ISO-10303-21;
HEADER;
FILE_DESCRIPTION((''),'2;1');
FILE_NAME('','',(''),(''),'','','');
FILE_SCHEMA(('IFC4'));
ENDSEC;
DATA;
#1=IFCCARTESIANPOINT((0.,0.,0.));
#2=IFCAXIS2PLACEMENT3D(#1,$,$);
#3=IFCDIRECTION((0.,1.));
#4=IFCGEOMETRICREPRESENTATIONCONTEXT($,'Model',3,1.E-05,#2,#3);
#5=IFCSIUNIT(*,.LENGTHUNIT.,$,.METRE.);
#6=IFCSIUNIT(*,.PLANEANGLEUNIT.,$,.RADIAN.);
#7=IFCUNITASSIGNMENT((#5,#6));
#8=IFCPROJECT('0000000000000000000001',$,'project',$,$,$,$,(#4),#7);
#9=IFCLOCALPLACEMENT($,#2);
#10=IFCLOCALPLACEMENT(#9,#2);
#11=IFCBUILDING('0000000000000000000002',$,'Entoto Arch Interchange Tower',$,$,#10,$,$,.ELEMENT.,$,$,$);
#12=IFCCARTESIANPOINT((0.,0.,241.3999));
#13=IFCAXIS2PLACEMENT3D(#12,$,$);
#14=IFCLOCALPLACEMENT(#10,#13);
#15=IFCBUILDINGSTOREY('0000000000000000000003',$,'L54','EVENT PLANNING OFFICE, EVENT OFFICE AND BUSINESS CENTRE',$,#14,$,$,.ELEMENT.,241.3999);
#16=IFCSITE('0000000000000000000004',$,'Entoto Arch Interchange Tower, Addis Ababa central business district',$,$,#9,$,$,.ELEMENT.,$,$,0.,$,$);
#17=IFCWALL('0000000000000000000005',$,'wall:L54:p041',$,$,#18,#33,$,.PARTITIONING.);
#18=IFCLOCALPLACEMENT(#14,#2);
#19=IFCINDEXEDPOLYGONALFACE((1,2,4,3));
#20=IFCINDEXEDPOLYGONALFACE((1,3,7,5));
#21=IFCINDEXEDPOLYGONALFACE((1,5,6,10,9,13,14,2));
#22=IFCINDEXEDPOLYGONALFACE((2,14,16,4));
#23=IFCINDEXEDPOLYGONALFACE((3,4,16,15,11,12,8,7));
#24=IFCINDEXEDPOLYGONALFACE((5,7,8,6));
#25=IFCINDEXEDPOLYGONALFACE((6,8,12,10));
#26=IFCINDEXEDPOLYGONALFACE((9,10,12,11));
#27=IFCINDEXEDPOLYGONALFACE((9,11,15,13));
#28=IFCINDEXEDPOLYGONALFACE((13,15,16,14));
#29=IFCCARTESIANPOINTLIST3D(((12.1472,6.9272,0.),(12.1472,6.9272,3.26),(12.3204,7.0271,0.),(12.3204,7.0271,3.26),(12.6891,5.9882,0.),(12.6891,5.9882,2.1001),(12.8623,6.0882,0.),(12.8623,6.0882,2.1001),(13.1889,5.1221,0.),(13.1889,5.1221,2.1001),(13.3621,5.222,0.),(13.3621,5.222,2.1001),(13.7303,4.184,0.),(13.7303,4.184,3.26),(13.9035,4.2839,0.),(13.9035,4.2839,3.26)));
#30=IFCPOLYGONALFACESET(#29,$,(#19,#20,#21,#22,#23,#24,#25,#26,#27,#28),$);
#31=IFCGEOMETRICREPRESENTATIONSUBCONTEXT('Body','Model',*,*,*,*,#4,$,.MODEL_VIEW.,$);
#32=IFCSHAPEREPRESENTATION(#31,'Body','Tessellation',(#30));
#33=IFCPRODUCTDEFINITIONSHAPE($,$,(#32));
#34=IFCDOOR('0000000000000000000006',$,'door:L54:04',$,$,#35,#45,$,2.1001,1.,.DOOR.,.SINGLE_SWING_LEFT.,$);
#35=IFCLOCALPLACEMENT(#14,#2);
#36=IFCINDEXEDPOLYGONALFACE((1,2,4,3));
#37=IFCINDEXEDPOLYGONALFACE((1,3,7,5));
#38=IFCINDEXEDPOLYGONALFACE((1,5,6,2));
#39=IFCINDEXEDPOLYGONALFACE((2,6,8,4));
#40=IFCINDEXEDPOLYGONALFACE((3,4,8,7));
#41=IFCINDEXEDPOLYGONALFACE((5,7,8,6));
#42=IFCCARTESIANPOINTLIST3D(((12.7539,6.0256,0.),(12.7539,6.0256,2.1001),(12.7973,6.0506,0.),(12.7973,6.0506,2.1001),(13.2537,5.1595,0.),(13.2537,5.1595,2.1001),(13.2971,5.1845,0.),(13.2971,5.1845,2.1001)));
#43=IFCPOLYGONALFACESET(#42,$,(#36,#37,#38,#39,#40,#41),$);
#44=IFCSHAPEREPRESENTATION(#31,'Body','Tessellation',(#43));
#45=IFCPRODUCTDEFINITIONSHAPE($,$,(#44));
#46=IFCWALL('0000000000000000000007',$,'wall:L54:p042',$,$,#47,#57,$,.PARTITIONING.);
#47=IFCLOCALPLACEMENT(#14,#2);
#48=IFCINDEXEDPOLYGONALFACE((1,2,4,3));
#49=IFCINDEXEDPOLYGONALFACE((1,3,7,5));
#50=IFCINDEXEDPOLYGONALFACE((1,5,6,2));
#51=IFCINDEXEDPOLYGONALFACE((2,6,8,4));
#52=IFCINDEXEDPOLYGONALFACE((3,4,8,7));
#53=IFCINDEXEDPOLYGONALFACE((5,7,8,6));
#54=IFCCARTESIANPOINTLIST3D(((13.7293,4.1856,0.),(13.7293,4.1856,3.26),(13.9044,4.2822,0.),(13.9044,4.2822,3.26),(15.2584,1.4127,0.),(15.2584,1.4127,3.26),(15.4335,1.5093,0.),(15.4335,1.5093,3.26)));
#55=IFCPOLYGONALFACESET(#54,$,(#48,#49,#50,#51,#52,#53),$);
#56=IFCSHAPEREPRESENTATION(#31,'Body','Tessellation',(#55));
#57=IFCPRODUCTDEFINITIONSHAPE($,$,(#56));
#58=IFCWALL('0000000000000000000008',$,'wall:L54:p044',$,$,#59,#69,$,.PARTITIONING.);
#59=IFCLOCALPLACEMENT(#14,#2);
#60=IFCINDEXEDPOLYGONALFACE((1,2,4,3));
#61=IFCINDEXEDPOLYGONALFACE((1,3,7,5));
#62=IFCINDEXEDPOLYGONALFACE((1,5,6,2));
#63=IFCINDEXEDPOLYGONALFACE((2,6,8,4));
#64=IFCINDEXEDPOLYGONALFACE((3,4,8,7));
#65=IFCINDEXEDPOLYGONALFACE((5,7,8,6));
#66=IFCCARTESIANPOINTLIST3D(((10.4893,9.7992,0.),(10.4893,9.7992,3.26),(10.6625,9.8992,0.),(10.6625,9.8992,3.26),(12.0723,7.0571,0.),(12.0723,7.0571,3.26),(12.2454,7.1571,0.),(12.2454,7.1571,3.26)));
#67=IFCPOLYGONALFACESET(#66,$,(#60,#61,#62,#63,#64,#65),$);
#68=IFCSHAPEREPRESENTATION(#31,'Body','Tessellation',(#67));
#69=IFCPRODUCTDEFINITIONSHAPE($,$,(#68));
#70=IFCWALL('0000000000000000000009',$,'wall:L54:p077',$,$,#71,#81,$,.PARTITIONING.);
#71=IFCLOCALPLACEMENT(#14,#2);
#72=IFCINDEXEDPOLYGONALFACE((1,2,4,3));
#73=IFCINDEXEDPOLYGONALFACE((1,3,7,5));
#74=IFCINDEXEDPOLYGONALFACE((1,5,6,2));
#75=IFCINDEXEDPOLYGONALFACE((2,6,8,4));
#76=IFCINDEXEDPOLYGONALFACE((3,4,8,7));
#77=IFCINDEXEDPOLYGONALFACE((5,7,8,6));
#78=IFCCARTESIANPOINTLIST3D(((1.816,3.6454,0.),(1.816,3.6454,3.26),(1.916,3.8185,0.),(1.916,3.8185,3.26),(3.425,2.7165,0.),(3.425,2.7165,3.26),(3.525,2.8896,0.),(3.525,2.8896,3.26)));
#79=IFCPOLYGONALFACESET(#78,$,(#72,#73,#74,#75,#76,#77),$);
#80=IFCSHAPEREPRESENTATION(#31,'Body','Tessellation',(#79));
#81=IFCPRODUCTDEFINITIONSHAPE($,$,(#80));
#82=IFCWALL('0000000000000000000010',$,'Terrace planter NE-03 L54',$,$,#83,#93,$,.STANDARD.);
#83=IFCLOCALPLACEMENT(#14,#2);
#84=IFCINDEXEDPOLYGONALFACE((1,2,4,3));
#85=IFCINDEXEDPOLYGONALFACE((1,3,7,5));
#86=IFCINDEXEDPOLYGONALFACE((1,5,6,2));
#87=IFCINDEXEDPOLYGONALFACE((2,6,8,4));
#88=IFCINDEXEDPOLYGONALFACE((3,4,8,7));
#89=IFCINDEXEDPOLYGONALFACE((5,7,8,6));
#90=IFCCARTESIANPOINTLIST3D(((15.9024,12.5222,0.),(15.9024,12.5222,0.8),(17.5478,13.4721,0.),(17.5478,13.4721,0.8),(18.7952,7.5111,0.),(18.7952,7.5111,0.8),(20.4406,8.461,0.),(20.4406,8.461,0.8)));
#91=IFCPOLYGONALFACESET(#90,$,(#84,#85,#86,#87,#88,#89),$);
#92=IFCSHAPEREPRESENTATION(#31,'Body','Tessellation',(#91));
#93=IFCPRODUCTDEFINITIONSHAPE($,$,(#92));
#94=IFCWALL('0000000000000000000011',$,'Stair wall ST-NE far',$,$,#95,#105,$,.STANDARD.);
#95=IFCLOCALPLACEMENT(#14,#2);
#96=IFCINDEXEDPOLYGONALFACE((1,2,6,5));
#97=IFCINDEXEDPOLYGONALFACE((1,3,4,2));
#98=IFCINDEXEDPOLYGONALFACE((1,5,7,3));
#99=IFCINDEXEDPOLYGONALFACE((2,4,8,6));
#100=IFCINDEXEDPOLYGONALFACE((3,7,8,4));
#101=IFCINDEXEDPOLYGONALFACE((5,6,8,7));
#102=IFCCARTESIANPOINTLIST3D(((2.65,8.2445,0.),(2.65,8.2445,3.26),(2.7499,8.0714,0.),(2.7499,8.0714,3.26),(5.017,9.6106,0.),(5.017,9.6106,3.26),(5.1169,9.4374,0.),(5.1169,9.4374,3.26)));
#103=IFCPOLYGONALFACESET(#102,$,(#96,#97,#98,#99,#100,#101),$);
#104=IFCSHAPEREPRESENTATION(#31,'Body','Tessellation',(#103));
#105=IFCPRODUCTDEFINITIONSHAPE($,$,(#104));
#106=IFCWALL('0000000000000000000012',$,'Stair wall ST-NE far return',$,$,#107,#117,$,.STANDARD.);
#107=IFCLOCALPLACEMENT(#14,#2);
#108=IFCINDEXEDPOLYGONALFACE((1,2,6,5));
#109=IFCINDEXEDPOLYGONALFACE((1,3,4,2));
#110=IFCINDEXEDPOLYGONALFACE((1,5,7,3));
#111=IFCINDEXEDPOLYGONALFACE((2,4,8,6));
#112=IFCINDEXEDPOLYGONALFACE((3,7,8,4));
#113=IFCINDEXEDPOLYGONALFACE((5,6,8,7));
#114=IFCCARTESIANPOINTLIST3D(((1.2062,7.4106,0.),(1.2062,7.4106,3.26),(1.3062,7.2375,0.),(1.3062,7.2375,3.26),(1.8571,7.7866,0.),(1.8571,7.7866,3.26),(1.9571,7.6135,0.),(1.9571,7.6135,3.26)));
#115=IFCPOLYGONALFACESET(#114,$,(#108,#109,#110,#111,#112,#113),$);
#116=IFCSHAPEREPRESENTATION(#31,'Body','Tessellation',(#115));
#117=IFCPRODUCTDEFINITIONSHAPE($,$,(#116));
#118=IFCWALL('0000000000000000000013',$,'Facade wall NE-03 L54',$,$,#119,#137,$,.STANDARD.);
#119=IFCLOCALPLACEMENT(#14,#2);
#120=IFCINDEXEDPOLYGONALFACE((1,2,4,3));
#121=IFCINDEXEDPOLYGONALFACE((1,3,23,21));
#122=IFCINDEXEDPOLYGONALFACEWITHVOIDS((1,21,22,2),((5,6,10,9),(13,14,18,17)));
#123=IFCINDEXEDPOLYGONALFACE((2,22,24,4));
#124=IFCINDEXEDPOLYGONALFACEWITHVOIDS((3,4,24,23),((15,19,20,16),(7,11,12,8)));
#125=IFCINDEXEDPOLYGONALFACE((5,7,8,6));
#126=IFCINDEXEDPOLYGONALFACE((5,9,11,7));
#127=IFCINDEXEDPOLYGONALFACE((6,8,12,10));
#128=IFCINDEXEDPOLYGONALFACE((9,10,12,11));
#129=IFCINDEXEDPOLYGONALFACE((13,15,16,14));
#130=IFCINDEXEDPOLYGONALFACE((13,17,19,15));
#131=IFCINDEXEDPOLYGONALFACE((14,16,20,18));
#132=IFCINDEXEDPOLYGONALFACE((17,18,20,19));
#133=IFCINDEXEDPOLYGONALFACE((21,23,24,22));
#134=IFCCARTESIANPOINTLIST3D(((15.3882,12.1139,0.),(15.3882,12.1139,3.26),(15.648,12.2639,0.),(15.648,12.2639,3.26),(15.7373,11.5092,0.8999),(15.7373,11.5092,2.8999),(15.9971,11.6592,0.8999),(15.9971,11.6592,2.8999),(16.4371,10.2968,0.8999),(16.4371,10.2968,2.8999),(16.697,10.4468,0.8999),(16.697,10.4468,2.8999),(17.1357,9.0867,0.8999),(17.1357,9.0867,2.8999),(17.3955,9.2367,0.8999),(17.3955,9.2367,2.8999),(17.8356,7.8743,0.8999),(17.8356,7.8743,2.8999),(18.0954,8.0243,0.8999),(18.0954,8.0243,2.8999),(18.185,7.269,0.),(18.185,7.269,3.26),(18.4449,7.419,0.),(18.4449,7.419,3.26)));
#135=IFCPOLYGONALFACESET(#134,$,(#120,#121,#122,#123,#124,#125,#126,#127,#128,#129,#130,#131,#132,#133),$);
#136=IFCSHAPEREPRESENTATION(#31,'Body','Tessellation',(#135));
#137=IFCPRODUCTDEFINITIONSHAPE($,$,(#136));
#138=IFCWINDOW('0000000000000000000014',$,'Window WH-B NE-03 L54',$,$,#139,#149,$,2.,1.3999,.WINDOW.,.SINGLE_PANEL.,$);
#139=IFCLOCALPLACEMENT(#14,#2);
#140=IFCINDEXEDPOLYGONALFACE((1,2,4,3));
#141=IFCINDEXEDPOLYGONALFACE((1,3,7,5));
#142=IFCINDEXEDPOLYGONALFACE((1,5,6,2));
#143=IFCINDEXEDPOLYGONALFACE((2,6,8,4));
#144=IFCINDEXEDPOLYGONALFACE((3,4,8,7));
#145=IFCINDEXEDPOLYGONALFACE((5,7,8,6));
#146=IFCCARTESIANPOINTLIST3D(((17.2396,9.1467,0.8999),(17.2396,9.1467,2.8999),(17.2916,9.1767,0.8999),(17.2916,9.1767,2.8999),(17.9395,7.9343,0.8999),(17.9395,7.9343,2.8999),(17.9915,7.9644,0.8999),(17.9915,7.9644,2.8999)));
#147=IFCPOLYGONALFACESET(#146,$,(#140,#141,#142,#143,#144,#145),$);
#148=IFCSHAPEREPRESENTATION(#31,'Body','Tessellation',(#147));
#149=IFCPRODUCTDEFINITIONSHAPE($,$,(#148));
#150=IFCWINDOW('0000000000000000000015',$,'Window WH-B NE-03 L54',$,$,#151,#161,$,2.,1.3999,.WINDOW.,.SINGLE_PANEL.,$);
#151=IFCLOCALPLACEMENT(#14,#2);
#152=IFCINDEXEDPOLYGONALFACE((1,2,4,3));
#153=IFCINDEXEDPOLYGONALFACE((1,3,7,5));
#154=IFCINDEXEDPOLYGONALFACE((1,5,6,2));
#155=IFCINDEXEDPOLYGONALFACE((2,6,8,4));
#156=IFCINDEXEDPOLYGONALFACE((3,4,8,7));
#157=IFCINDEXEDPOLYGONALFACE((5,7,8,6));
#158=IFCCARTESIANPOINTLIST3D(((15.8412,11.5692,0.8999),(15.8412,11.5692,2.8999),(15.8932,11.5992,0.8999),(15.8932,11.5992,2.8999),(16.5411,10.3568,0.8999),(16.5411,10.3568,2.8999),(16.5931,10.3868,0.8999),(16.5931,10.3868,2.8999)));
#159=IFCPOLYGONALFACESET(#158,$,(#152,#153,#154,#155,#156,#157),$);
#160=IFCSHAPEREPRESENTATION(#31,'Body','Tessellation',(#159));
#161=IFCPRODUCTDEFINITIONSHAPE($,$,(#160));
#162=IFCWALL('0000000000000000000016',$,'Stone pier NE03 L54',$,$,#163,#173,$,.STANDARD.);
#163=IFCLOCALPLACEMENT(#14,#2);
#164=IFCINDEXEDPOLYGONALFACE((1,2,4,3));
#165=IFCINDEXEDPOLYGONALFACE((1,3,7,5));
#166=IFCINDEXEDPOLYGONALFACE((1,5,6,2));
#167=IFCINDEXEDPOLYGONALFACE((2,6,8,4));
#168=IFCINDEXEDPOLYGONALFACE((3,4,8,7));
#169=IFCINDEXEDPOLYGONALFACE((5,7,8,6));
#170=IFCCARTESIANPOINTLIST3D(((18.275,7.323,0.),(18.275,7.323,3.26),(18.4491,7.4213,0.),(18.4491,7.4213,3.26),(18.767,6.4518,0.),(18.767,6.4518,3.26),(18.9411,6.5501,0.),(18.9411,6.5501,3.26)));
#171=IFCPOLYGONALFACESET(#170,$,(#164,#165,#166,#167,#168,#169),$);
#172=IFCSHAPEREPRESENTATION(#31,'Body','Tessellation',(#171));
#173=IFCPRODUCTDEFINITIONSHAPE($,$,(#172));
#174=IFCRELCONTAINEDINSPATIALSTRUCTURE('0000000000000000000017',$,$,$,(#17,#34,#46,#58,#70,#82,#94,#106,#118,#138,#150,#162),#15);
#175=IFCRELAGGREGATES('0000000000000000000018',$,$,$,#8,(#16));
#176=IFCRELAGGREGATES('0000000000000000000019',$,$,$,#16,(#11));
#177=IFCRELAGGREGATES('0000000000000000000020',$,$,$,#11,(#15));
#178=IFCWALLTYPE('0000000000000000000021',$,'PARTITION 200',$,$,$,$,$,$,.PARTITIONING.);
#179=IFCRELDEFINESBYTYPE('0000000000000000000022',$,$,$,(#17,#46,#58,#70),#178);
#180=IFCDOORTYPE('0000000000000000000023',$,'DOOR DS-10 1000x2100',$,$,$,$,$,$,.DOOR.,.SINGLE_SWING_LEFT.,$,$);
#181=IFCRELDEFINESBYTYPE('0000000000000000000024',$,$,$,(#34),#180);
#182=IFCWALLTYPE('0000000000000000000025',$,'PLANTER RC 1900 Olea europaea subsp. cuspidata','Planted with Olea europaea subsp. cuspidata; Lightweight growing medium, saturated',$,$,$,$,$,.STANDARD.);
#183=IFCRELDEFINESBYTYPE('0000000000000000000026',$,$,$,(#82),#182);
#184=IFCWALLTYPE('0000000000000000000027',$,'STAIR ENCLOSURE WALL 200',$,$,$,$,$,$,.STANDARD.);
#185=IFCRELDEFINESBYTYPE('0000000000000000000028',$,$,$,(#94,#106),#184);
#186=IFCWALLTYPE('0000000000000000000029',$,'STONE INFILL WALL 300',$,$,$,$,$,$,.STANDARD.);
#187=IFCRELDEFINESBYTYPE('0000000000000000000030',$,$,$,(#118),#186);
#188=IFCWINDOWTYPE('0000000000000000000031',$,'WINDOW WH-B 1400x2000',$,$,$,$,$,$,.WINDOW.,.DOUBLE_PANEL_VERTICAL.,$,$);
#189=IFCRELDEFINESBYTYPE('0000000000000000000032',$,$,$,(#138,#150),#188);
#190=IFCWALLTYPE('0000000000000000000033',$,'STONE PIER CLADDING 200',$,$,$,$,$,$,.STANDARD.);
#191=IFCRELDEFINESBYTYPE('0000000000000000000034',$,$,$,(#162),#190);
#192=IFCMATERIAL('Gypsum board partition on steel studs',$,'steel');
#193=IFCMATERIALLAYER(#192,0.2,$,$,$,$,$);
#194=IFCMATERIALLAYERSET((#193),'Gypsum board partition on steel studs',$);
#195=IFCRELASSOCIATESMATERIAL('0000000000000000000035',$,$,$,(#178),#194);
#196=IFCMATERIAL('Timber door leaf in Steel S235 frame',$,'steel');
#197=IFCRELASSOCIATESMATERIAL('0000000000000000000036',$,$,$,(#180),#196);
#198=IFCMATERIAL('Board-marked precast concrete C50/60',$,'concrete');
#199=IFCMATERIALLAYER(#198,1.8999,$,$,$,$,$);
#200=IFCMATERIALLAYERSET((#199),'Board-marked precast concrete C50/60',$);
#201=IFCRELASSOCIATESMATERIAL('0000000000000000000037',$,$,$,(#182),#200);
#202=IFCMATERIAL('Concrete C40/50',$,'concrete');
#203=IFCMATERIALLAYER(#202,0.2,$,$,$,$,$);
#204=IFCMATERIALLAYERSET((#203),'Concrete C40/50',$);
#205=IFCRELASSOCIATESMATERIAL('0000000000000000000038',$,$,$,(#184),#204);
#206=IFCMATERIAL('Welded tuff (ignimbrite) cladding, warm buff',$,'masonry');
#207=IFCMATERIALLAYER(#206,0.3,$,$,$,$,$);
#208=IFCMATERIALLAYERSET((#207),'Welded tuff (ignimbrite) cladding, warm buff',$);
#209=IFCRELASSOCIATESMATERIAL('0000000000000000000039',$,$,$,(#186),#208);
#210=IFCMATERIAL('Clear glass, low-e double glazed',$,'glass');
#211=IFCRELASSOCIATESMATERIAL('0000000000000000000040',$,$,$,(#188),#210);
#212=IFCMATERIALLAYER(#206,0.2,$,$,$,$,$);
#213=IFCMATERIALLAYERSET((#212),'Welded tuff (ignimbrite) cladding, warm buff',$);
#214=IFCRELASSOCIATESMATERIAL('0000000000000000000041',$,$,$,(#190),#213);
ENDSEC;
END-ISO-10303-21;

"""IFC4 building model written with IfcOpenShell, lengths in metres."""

from ifc_helpers import new_model, si_unit, direction, frame, frame_2d, origin, place, context, subcontext, project, spatial, rectangle, extrude, material, layer, layer_set, type_object, element, fill, save


model = new_model("IFC4")

# Units and contexts
model_context = context("Model", 3, precision=1e-05, world=origin(), true_north=direction((0.0, 1.0)))
body_context = subcontext(model_context, "Body", "Model", "MODEL_VIEW")
ifc_project = project(units=[si_unit("LENGTHUNIT", "METRE"), si_unit("PLANEANGLEUNIT", "RADIAN")], contexts=[model_context])

# Site, building, storey
site_placement = place(None, origin())
site = spatial("IfcSite", under=ifc_project, at=site_placement, Name="Entoto Arch Interchange Tower, Addis Ababa central business district", CompositionType="ELEMENT", RefElevation=0.0)
building_placement = place(site_placement, origin())
building = spatial("IfcBuilding", under=site, at=building_placement, Name="Entoto Arch Interchange Tower", CompositionType="ELEMENT")
storey_placement = place(building_placement, frame((0.0, 0.0, 241.3999)))
storey = spatial("IfcBuildingStorey", under=building, at=storey_placement, Name="L54", Description="EVENT PLANNING OFFICE, EVENT OFFICE AND BUSINESS CENTRE", CompositionType="ELEMENT", Elevation=241.3999)

# Shared definitions
ifc_material_1 = material(Name="Concrete C40/50", Category="concrete")

# Shared definitions
ifc_material_2 = material(Name="Gypsum board partition on steel studs", Category="steel")
ifc_layer_1 = layer(ifc_material_2, 0.2)
ifc_layer_set_1 = layer_set([ifc_layer_1], Name="Gypsum board partition on steel studs")
wall_type_1 = type_object("IfcWallType", Name="PARTITION 200", PredefinedType="PARTITIONING", material=ifc_layer_set_1)

# Wall, opening, door
wall_1_placement = place(storey_placement, frame((12.2339, 6.9771, 0.0), z_axis=(0.0, 0.0, 1.0), x_axis=(0.49982, -0.866129, 0.0)))
wall_1 = element("IfcWall", 1, at=wall_1_placement, inside=storey, type_object=wall_type_1, Name="wall:L54:p041", PredefinedType="PARTITIONING", context=body_context, shape_type="SweptSolid", body=[
    extrude(rectangle(XDim=3.1672, YDim=0.2, at=frame_2d((1.5835, 0.0))), origin(), (0.0, 0.0, 1.0), 3.26),
])
opening_1_placement = place(wall_1_placement, frame((1.084, 0.0, 0.0)))
opening_1 = element("IfcOpeningElement", 2, at=opening_1_placement, cuts=wall_1, PredefinedType="OPENING", context=body_context, shape_type="SweptSolid", body=[
    extrude(rectangle(XDim=1.0, YDim=2.1001, at=frame_2d((0.5, 1.05))), frame((0.0, 0.1099, 0.0), z_axis=(0.0, -1.0, 0.0), x_axis=(1.0, 0.0, 0.0)), (0.0, 0.0, 1.0), 0.22),
])
ifc_material_3 = material(Name="Timber door leaf in Steel S235 frame", Category="steel")
door_type_1 = type_object("IfcDoorType", Name="DOOR DS-10 1000x2100", OperationType="SINGLE_SWING_LEFT", PredefinedType="DOOR", material=ifc_material_3)
door_1_placement = place(opening_1_placement, origin())
door_1 = element("IfcDoor", 3, at=door_1_placement, inside=storey, type_object=door_type_1, Name="door:L54:04", OperationType="SINGLE_SWING_LEFT", OverallHeight=2.1001, OverallWidth=1.0, PredefinedType="DOOR", context=body_context, shape_type="SweptSolid", body=[
    extrude(rectangle(XDim=1.0, YDim=2.1001, at=frame_2d((0.5, 1.05))), frame((0.0, 0.0249, 0.0), z_axis=(0.0, -1.0, 0.0), x_axis=(1.0, 0.0, 0.0)), (0.0, 0.0, 1.0), 0.05),
])
fill(opening_1, door_1)

# Walls
wall_2_placement = place(storey_placement, frame((13.8169, 4.2339, 0.0), z_axis=(0.0, 0.0, 1.0), x_axis=(0.482871, -0.875691, 0.0)))
element("IfcWall", 4, at=wall_2_placement, inside=storey, type_object=wall_type_1, Name="wall:L54:p042", PredefinedType="PARTITIONING", context=body_context, shape_type="SweptSolid", body=[
    extrude(rectangle(XDim=3.1665, YDim=0.2, at=frame_2d((1.5833, 0.0))), origin(), (0.0, 0.0, 1.0), 3.26),
])
wall_3_placement = place(storey_placement, frame((10.5759, 9.8491, 0.0), z_axis=(0.0, 0.0, 1.0), x_axis=(0.499954, -0.866052, 0.0)))
element("IfcWall", 5, at=wall_3_placement, inside=storey, type_object=wall_type_1, Name="wall:L54:p044", PredefinedType="PARTITIONING", context=body_context, shape_type="SweptSolid", body=[
    extrude(rectangle(XDim=3.1663, YDim=0.2, at=frame_2d((1.583, 0.0))), origin(), (0.0, 0.0, 1.0), 3.26),
])
wall_4_placement = place(storey_placement, frame((1.866, 3.7319, 0.0), z_axis=(0.0, 0.0, 1.0), x_axis=(0.866043, -0.499969, 0.0)))
element("IfcWall", 6, at=wall_4_placement, inside=storey, type_object=wall_type_1, Name="wall:L54:p077", PredefinedType="PARTITIONING", context=body_context, shape_type="SweptSolid", body=[
    extrude(rectangle(XDim=1.8579, YDim=0.2, at=frame_2d((0.929, 0.0))), origin(), (0.0, 0.0, 1.0), 3.26),
])
ifc_material_4 = material(Name="Board-marked precast concrete C50/60", Category="concrete")
ifc_layer_2 = layer(ifc_material_4, 1.8999)
ifc_layer_set_2 = layer_set([ifc_layer_2], Name="Board-marked precast concrete C50/60")
wall_type_2 = type_object("IfcWallType", Name="PLANTER RC 1900 Olea europaea subsp. cuspidata", Description="Planted with Olea europaea subsp. cuspidata; Lightweight growing medium, saturated", PredefinedType="STANDARD", material=ifc_layer_set_2)
wall_5_placement = place(storey_placement, frame((19.6179, 7.9861, 0.0), z_axis=(0.0, 0.0, 1.0), x_axis=(-0.499965, 0.866046, 0.0)))
element("IfcWall", 7, at=wall_5_placement, inside=storey, type_object=wall_type_2, Name="Terrace planter NE-03 L54", PredefinedType="STANDARD", context=body_context, shape_type="SweptSolid", body=[
    extrude(rectangle(XDim=5.7861, YDim=1.8999, at=frame_2d((2.8931, 0.0))), origin(), (0.0, 0.0, 1.0), 0.8),
])
ifc_layer_3 = layer(ifc_material_1, 0.2)
ifc_layer_set_3 = layer_set([ifc_layer_3], Name="Concrete C40/50")
wall_type_3 = type_object("IfcWallType", Name="STAIR ENCLOSURE WALL 200", PredefinedType="STANDARD", material=ifc_layer_set_3)
wall_6_placement = place(storey_placement, frame((2.7, 8.158, 0.0), z_axis=(0.0, 0.0, 1.0), x_axis=(0.866119, 0.499838, 0.0)))
element("IfcWall", 8, at=wall_6_placement, inside=storey, type_object=wall_type_3, Name="Stair wall ST-NE far", PredefinedType="STANDARD", context=body_context, shape_type="SweptSolid", body=[
    extrude(rectangle(XDim=2.7329, YDim=0.2, at=frame_2d((1.3665, 0.0))), origin(), (0.0, 0.0, 1.0), 3.26),
])
wall_7_placement = place(storey_placement, frame((1.2561, 7.324, 0.0), z_axis=(0.0, 0.0, 1.0), x_axis=(0.865915, 0.500191, 0.0)))
element("IfcWall", 9, at=wall_7_placement, inside=storey, type_object=wall_type_3, Name="Stair wall ST-NE far return", PredefinedType="STANDARD", context=body_context, shape_type="SweptSolid", body=[
    extrude(rectangle(XDim=0.7517, YDim=0.2, at=frame_2d((0.376, 0.0))), origin(), (0.0, 0.0, 1.0), 3.26),
])

# Wall, openings, windows
ifc_material_5 = material(Name="Welded tuff (ignimbrite) cladding, warm buff", Category="masonry")
ifc_layer_4 = layer(ifc_material_5, 0.3)
ifc_layer_set_4 = layer_set([ifc_layer_4], Name="Welded tuff (ignimbrite) cladding, warm buff")
wall_type_4 = type_object("IfcWallType", Name="STONE INFILL WALL 300", PredefinedType="STANDARD", material=ifc_layer_set_4)
wall_8_placement = place(storey_placement, frame((18.3149, 7.344, 0.0), z_axis=(0.0, 0.0, 1.0), x_axis=(-0.49995, 0.866054, 0.0)))
wall_8 = element("IfcWall", 10, at=wall_8_placement, inside=storey, type_object=wall_type_4, Name="Facade wall NE-03 L54", PredefinedType="STANDARD", context=body_context, shape_type="SweptSolid", body=[
    extrude(rectangle(XDim=5.5942, YDim=0.3, at=frame_2d((2.7971, 0.0))), origin(), (0.0, 0.0, 1.0), 3.26),
])
opening_2_placement = place(wall_8_placement, frame((0.699, 0.0, 0.8999)))
opening_2 = element("IfcOpeningElement", 11, at=opening_2_placement, cuts=wall_8, PredefinedType="OPENING", context=body_context, shape_type="SweptSolid", body=[
    extrude(rectangle(XDim=1.3999, YDim=2.0, at=frame_2d((0.7, 1.0))), frame((0.0, 0.1602, 0.0), z_axis=(0.0, -1.0, 0.0), x_axis=(1.0, 0.0, 0.0)), (0.0, 0.0, 1.0), 0.3201),
])
opening_3_placement = place(wall_8_placement, frame((3.4961, 0.0, 0.8999)))
opening_3 = element("IfcOpeningElement", 12, at=opening_3_placement, cuts=wall_8, PredefinedType="OPENING", context=body_context, shape_type="SweptSolid", body=[
    extrude(rectangle(XDim=1.3999, YDim=2.0, at=frame_2d((0.7, 1.0))), frame((0.0, 0.1602, 0.0), z_axis=(0.0, -1.0, 0.0), x_axis=(1.0, 0.0, 0.0)), (0.0, 0.0, 1.0), 0.3201),
])
ifc_material_6 = material(Name="Clear glass, low-e double glazed", Category="glass")
window_type = type_object("IfcWindowType", Name="WINDOW WH-B 1400x2000", PartitioningType="DOUBLE_PANEL_VERTICAL", PredefinedType="WINDOW", material=ifc_material_6)
window_1_placement = place(opening_2_placement, origin())
window_1 = element("IfcWindow", 13, at=window_1_placement, inside=storey, type_object=window_type, Name="Window WH-B NE-03 L54", OverallHeight=2.0, OverallWidth=1.3999, PartitioningType="SINGLE_PANEL", PredefinedType="WINDOW", context=body_context, shape_type="SweptSolid", body=[
    extrude(rectangle(XDim=1.3999, YDim=2.0, at=frame_2d((0.7, 1.0))), frame((0.0, 0.03, 0.0), z_axis=(0.0, -1.0, 0.0), x_axis=(1.0, 0.0, 0.0)), (0.0, 0.0, 1.0), 0.0601),
])
fill(opening_2, window_1)
window_2_placement = place(opening_3_placement, origin())
window_2 = element("IfcWindow", 14, at=window_2_placement, inside=storey, type_object=window_type, Name="Window WH-B NE-03 L54", OverallHeight=2.0, OverallWidth=1.3999, PartitioningType="SINGLE_PANEL", PredefinedType="WINDOW", context=body_context, shape_type="SweptSolid", body=[
    extrude(rectangle(XDim=1.3999, YDim=2.0, at=frame_2d((0.7, 1.0))), frame((0.0, 0.03, 0.0), z_axis=(0.0, -1.0, 0.0), x_axis=(1.0, 0.0, 0.0)), (0.0, 0.0, 1.0), 0.0601),
])
fill(opening_3, window_2)

# Wall
ifc_layer_5 = layer(ifc_material_5, 0.2)
ifc_layer_set_5 = layer_set([ifc_layer_5], Name="Welded tuff (ignimbrite) cladding, warm buff")
wall_type_5 = type_object("IfcWallType", Name="STONE PIER CLADDING 200", PredefinedType="STANDARD", material=ifc_layer_set_5)
wall_9_placement = place(storey_placement, frame((18.854, 6.501, 0.0), z_axis=(0.0, 0.0, 1.0), x_axis=(-0.491744, 0.87074, 0.0)))
element("IfcWall", 15, at=wall_9_placement, inside=storey, type_object=wall_type_5, Name="Stone pier NE03 L54", PredefinedType="STANDARD", context=body_context, shape_type="SweptSolid", body=[
    extrude(rectangle(XDim=1.0005, YDim=0.2, at=frame_2d((0.5002, 0.0))), origin(), (0.0, 0.0, 1.0), 3.26),
])

save(model, "model.ifc")
